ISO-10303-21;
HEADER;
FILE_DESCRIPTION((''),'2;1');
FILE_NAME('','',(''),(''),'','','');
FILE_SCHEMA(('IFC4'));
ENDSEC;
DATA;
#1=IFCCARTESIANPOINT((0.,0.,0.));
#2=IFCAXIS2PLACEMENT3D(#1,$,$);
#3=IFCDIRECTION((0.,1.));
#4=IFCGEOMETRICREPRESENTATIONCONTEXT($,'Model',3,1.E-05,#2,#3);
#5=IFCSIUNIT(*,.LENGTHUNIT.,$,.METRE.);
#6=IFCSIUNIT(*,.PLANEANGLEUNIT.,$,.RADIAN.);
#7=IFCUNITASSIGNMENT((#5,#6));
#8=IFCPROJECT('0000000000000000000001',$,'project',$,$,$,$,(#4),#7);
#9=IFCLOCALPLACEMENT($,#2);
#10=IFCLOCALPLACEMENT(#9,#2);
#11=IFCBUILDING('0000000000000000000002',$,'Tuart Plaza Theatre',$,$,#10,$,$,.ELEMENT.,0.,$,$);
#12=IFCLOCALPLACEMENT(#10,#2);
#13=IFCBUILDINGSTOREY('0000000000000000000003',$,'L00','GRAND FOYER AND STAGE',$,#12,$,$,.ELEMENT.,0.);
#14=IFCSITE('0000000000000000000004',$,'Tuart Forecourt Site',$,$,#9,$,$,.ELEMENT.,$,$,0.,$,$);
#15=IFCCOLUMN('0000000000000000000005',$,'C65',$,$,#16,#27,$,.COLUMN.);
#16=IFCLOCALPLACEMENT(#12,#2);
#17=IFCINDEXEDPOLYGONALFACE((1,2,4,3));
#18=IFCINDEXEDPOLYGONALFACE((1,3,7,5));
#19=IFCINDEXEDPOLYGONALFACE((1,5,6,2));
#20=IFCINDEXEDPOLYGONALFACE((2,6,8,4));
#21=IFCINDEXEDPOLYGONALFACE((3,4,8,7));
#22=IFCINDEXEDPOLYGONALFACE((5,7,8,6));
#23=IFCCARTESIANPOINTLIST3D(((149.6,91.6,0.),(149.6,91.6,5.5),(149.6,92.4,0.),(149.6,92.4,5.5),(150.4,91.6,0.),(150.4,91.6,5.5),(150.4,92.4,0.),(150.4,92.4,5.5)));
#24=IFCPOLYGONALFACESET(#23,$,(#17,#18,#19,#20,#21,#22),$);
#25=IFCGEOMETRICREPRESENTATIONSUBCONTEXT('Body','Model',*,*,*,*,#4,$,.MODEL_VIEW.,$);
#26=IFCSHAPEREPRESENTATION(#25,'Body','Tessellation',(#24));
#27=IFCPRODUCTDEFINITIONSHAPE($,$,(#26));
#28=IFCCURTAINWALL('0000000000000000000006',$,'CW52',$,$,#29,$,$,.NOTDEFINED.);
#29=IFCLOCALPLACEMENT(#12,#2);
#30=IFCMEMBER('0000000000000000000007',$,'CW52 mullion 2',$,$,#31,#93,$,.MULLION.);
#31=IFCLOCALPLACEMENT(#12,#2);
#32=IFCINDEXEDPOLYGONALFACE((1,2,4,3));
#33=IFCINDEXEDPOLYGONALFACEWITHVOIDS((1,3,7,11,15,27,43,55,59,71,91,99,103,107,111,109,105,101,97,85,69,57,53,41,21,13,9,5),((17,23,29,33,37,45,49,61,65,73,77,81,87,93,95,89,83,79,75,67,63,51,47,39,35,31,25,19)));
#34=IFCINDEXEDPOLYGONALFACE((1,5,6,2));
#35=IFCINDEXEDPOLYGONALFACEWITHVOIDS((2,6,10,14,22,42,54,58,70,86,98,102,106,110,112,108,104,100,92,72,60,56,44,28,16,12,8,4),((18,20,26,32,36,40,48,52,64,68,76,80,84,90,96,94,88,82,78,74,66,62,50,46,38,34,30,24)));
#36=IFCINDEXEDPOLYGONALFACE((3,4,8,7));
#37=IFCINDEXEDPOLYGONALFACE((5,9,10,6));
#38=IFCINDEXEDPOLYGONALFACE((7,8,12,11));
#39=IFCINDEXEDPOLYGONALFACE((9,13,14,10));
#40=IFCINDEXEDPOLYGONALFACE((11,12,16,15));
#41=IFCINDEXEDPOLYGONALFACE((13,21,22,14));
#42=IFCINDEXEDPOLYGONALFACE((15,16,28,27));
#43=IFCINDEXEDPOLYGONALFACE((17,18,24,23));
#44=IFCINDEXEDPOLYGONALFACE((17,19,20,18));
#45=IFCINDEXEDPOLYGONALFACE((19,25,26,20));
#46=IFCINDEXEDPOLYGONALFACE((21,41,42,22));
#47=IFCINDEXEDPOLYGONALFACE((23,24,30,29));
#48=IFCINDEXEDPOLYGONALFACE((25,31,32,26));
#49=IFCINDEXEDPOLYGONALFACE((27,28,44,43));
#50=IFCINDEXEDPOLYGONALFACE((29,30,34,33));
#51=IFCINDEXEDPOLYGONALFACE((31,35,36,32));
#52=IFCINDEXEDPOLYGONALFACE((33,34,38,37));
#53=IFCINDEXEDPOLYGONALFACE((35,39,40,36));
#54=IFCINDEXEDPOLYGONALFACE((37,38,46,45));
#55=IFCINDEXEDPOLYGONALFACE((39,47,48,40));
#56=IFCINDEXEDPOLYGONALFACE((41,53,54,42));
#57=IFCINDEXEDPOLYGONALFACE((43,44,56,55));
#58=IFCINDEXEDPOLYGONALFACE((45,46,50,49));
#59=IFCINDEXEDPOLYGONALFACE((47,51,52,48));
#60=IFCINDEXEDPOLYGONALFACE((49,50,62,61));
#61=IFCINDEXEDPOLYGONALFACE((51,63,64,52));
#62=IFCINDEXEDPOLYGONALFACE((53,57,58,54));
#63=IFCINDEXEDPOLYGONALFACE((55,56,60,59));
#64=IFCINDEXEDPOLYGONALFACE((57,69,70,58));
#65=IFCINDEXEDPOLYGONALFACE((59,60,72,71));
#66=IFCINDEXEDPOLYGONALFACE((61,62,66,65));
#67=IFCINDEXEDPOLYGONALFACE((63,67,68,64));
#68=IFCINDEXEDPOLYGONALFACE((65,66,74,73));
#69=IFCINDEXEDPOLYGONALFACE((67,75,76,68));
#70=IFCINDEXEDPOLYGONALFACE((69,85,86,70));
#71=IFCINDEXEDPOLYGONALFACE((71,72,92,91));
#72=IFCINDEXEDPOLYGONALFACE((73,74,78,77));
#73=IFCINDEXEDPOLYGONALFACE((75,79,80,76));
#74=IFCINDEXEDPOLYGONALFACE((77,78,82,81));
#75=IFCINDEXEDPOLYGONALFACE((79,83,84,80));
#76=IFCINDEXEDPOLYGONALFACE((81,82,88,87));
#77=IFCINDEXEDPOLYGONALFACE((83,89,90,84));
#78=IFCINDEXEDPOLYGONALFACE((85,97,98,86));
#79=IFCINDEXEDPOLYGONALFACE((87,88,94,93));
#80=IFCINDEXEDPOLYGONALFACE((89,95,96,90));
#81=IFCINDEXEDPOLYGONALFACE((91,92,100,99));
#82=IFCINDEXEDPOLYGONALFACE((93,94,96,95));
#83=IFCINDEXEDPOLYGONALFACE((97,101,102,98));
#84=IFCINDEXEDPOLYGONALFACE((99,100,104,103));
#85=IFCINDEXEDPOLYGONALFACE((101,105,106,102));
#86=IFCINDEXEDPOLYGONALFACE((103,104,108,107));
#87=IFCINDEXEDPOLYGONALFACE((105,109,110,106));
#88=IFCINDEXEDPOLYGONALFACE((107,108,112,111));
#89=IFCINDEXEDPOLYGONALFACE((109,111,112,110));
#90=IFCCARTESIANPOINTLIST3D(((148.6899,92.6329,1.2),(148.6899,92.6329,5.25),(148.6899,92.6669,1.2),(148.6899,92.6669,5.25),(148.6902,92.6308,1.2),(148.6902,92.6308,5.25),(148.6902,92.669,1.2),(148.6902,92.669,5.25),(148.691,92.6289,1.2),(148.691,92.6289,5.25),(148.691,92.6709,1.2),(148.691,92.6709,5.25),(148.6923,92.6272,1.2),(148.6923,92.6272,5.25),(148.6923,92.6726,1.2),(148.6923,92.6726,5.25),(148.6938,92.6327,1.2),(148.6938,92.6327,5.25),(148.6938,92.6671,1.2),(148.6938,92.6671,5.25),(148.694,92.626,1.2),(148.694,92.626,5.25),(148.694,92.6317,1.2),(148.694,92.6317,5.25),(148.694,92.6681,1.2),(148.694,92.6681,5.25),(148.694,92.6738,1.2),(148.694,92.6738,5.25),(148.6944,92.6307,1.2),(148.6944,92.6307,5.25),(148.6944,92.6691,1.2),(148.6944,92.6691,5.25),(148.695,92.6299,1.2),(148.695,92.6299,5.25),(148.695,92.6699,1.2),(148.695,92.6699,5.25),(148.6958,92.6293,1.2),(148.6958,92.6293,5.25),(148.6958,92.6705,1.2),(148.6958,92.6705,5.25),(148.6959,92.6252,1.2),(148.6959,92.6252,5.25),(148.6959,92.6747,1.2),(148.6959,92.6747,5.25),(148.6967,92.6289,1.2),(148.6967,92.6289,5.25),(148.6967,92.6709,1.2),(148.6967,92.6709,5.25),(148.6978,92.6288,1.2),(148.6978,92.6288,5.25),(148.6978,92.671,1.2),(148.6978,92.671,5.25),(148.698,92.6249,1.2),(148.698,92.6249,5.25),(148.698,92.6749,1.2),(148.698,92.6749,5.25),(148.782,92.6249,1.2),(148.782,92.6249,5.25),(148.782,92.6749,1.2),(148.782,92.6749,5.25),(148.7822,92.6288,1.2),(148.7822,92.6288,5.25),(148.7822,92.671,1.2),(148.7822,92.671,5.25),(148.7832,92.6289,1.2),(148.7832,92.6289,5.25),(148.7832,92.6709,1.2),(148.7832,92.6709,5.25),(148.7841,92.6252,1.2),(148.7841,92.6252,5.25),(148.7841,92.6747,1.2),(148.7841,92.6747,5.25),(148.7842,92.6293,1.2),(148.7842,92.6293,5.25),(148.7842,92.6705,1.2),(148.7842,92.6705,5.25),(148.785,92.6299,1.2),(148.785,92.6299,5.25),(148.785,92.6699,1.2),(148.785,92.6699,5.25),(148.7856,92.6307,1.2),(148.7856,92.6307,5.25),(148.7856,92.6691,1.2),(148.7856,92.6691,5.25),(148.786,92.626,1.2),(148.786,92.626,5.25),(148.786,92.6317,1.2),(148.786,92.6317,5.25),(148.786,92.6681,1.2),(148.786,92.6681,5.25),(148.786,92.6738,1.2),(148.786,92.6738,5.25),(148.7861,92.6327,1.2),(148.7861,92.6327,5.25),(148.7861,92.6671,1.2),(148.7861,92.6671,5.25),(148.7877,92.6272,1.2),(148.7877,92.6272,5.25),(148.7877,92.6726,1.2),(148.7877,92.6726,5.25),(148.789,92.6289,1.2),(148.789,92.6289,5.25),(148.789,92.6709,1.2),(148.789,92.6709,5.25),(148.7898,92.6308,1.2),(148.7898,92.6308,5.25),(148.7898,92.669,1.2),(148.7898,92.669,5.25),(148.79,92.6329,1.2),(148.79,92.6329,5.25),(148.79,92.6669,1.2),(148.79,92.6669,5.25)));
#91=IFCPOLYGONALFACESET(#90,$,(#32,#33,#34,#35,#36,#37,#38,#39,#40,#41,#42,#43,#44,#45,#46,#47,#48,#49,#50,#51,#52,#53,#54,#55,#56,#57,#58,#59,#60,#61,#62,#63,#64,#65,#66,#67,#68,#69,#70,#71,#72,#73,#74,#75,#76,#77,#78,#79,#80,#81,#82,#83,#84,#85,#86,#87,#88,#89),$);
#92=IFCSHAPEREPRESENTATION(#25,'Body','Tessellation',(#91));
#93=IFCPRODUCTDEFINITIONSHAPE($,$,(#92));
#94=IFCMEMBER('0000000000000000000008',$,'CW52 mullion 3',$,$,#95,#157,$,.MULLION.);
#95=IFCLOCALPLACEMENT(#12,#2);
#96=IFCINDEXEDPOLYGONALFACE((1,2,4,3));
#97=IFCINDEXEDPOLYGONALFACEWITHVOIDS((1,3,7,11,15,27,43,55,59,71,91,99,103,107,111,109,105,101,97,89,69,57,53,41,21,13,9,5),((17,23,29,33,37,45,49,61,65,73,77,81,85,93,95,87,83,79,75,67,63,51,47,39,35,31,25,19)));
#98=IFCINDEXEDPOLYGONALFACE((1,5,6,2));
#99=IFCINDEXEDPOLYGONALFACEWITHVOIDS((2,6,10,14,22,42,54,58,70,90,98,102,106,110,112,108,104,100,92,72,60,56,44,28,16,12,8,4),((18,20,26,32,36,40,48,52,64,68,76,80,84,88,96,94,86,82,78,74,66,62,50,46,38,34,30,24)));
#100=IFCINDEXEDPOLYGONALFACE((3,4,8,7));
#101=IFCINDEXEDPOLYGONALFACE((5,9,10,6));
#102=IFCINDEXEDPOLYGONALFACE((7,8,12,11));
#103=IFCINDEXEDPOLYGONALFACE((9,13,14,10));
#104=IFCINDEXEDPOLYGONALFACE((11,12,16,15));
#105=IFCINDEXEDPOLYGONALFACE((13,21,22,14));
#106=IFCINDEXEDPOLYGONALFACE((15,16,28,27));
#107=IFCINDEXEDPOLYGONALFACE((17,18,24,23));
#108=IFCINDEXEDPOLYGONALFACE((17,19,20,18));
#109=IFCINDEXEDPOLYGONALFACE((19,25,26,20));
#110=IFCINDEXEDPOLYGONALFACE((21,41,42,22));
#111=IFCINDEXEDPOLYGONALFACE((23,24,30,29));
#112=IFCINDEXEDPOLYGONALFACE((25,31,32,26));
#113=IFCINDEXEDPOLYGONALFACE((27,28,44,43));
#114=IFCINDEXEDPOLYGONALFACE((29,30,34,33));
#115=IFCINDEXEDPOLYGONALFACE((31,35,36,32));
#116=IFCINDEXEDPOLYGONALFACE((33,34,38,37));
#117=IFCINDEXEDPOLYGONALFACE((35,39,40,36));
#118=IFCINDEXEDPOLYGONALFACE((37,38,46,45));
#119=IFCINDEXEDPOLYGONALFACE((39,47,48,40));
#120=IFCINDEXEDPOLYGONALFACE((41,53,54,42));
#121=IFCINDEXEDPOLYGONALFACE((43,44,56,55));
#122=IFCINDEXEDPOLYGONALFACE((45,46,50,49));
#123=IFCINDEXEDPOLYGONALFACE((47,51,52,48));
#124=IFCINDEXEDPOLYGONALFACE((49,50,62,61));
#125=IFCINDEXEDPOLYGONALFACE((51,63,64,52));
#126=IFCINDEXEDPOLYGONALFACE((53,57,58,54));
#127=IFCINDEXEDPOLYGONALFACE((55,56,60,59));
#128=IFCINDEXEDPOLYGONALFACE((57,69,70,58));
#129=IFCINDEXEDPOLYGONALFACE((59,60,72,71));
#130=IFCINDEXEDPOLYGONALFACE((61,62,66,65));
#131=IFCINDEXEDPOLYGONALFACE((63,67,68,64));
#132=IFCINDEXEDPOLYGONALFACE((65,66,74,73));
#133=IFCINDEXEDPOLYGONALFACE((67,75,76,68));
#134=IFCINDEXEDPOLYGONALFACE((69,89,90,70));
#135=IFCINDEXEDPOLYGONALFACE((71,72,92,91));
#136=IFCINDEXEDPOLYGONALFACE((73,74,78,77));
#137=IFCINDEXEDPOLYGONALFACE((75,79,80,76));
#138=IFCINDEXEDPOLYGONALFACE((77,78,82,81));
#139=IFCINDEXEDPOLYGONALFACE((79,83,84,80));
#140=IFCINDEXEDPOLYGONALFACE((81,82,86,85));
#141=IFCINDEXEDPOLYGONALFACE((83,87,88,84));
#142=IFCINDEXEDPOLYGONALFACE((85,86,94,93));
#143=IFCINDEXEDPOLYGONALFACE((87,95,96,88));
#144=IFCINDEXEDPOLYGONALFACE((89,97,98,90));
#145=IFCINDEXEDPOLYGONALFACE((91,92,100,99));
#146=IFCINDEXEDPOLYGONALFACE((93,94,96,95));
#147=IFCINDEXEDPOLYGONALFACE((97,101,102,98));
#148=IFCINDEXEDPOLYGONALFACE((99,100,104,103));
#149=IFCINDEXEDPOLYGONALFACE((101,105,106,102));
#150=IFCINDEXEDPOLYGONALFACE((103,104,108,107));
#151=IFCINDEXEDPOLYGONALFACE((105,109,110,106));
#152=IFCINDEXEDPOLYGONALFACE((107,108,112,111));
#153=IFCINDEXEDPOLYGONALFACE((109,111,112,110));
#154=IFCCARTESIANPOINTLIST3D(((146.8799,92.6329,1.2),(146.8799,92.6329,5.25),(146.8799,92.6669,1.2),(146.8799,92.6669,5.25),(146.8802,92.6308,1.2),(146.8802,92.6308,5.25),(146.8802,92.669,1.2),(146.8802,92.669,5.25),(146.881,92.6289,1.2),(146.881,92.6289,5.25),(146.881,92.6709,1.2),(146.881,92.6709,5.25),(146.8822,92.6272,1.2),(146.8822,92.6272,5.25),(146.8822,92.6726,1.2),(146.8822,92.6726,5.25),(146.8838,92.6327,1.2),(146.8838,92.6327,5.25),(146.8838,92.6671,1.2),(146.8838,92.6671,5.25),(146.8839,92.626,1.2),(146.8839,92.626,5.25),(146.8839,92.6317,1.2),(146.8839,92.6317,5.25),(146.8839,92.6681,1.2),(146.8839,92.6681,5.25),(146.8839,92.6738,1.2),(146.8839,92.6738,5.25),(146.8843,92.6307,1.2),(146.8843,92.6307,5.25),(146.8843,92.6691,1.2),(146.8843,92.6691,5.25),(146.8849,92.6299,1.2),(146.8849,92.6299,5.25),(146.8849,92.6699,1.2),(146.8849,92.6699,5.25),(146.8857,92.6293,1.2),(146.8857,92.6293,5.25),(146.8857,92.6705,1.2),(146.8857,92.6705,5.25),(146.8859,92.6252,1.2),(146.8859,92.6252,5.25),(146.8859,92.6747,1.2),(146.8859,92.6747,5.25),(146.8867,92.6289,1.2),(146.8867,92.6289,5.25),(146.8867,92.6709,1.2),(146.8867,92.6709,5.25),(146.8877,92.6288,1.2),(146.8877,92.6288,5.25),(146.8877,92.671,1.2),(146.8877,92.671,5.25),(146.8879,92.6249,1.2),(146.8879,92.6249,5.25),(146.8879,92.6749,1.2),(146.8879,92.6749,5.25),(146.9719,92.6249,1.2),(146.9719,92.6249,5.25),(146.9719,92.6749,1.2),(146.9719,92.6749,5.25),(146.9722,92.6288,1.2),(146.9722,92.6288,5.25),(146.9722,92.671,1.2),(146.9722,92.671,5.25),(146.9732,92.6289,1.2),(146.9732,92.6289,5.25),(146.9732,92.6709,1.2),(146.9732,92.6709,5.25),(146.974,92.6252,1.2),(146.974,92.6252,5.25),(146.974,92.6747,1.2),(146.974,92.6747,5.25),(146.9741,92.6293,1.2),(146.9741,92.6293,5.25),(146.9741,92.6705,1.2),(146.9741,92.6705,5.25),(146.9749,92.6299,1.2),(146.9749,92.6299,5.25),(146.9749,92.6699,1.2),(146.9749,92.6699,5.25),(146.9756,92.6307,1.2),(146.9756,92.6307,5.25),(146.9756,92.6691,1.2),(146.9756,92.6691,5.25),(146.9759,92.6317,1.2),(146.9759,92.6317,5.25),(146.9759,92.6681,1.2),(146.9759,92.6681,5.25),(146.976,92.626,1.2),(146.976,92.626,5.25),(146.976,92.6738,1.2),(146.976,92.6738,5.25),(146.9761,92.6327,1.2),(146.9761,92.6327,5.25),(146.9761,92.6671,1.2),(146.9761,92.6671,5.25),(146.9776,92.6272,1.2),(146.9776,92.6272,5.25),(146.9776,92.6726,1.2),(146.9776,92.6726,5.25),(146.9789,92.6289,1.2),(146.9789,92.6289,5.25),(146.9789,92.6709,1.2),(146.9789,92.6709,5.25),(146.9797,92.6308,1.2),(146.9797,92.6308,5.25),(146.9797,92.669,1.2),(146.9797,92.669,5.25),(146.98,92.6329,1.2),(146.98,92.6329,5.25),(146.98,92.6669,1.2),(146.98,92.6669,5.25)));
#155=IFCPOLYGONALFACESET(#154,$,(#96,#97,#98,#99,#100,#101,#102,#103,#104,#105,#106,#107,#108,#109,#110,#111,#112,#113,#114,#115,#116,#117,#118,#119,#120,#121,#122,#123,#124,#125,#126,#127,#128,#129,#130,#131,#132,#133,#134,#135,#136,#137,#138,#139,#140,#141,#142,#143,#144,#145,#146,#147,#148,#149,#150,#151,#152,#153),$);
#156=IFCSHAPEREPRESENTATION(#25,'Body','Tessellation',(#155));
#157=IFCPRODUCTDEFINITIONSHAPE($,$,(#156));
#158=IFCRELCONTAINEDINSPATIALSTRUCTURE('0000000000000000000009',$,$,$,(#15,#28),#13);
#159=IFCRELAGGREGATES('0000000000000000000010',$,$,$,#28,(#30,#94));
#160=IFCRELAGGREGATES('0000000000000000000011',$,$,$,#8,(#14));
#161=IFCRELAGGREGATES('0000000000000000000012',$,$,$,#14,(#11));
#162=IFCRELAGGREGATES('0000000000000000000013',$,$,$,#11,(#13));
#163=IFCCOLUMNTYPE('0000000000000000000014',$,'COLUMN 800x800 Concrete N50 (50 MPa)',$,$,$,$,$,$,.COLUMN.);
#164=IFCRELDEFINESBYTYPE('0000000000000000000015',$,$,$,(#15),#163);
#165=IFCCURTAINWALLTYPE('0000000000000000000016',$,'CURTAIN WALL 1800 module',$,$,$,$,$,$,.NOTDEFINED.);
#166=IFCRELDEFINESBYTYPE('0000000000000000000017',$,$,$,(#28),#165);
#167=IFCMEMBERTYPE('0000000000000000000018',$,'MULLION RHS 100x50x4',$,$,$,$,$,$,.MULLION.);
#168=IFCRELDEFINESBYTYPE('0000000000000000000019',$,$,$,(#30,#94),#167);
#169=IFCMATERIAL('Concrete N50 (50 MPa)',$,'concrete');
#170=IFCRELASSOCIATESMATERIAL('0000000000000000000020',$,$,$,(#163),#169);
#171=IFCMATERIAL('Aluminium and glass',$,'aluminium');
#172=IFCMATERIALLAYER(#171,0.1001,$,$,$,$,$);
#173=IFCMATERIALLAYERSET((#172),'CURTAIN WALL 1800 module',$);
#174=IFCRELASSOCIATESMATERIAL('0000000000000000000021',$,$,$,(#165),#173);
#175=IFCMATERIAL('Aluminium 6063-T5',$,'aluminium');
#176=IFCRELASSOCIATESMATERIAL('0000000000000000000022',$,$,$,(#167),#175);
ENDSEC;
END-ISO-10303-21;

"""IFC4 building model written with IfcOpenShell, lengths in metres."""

from ifc_helpers import new_model, si_unit, direction, frame, origin, origin_2d, place, context, subcontext, project, spatial, rectangle, hollow_rectangle, extrude, material, layer, layer_set, material_profile, profile_set, type_object, element, aggregate, save


model = new_model("IFC4")

# Units and contexts
model_context = context("Model", 3, precision=1e-05, world=origin(), true_north=direction((0.0, 1.0)))
body_context = subcontext(model_context, "Body", "Model", "MODEL_VIEW")
ifc_project = project(units=[si_unit("LENGTHUNIT", "METRE"), si_unit("PLANEANGLEUNIT", "RADIAN")], contexts=[model_context])

# Site, building, storey
site_placement = place(None, origin())
site = spatial("IfcSite", under=ifc_project, at=site_placement, Name="Tuart Forecourt Site", CompositionType="ELEMENT", RefElevation=0.0)
building_placement = place(site_placement, origin())
building = spatial("IfcBuilding", under=site, at=building_placement, Name="Tuart Plaza Theatre", CompositionType="ELEMENT", ElevationOfRefHeight=0.0)
storey_placement = place(building_placement, origin())
storey = spatial("IfcBuildingStorey", under=building, at=storey_placement, Name="L00", Description="GRAND FOYER AND STAGE", CompositionType="ELEMENT", Elevation=0.0)

# Column
ifc_material_1 = material(Name="Concrete N50 (50 MPa)", Category="concrete")
ifc_material_profile_1 = material_profile(ifc_material_1, rectangle(XDim=0.8, YDim=0.8, at=origin_2d()), Name="COLUMN 800x800 Concrete N50 (50 MPa)")
ifc_profile_set_1 = profile_set([ifc_material_profile_1], Name="Concrete N50 (50 MPa)")
column_type = type_object("IfcColumnType", Name="COLUMN 800x800 Concrete N50 (50 MPa)", PredefinedType="COLUMN", material=ifc_profile_set_1)
column_placement = place(storey_placement, frame((150.0, 92.0, 0.0), z_axis=(0.0, 0.0, 1.0), x_axis=(1.0, 0.0, 0.0)))
element("IfcColumn", 1, at=column_placement, inside=storey, type_object=column_type, Name="C65", PredefinedType="COLUMN", context=body_context, shape_type="SweptSolid", body=[
    extrude(rectangle(XDim=0.8, YDim=0.8, at=origin_2d()), origin(), (0.0, 0.0, 1.0), 5.5),
])

# Curtain wall, members
ifc_material_2 = material(Name="Aluminium and glass", Category="aluminium")
ifc_layer_1 = layer(ifc_material_2, 0.1001)
ifc_layer_set_1 = layer_set([ifc_layer_1], Name="CURTAIN WALL 1800 module")
curtain_wall_type = type_object("IfcCurtainWallType", Name="CURTAIN WALL 1800 module", PredefinedType="NOTDEFINED", material=ifc_layer_set_1)
curtain_wall_placement = place(storey_placement, origin())
curtain_wall = element("IfcCurtainWall", 2, at=curtain_wall_placement, inside=storey, type_object=curtain_wall_type, Name="CW52", PredefinedType="NOTDEFINED")
ifc_material_3 = material(Name="Aluminium 6063-T5", Category="aluminium")
ifc_material_profile_2 = material_profile(ifc_material_3, hollow_rectangle(XDim=0.05, YDim=0.1001, WallThickness=0.0039, InnerFilletRadius=0.0039, OuterFilletRadius=0.0081, at=origin_2d()), Name="RHS 100x50x4")
ifc_profile_set_2 = profile_set([ifc_material_profile_2], Name="Aluminium 6063-T5")
member_type_1 = type_object("IfcMemberType", Name="MULLION RHS 100x50x4", PredefinedType="MULLION", material=ifc_profile_set_2)
member_1_placement = place(storey_placement, frame((148.74, 92.6499, 1.2), z_axis=(0.0, 0.0, 1.0), x_axis=(0.0, -1.0, 0.0)))
member_1 = element("IfcMember", 3, at=member_1_placement, type_object=member_type_1, Name="CW52 mullion 2", PredefinedType="MULLION", context=body_context, shape_type="SweptSolid", body=[
    extrude(hollow_rectangle(XDim=0.05, YDim=0.1001, WallThickness=0.0039, InnerFilletRadius=0.0039, OuterFilletRadius=0.0081, at=origin_2d()), origin(), (0.0, 0.0, 1.0), 4.05),
])
member_2_placement = place(storey_placement, frame((146.9299, 92.6499, 1.2), z_axis=(0.0, 0.0, 1.0), x_axis=(0.0, -1.0, 0.0)))
member_2 = element("IfcMember", 4, at=member_2_placement, type_object=member_type_1, Name="CW52 mullion 3", PredefinedType="MULLION", context=body_context, shape_type="SweptSolid", body=[
    extrude(hollow_rectangle(XDim=0.05, YDim=0.1001, WallThickness=0.0039, InnerFilletRadius=0.0039, OuterFilletRadius=0.0081, at=origin_2d()), origin(), (0.0, 0.0, 1.0), 4.05),
])
aggregate(curtain_wall, [member_1, member_2])

save(model, "model.ifc")
